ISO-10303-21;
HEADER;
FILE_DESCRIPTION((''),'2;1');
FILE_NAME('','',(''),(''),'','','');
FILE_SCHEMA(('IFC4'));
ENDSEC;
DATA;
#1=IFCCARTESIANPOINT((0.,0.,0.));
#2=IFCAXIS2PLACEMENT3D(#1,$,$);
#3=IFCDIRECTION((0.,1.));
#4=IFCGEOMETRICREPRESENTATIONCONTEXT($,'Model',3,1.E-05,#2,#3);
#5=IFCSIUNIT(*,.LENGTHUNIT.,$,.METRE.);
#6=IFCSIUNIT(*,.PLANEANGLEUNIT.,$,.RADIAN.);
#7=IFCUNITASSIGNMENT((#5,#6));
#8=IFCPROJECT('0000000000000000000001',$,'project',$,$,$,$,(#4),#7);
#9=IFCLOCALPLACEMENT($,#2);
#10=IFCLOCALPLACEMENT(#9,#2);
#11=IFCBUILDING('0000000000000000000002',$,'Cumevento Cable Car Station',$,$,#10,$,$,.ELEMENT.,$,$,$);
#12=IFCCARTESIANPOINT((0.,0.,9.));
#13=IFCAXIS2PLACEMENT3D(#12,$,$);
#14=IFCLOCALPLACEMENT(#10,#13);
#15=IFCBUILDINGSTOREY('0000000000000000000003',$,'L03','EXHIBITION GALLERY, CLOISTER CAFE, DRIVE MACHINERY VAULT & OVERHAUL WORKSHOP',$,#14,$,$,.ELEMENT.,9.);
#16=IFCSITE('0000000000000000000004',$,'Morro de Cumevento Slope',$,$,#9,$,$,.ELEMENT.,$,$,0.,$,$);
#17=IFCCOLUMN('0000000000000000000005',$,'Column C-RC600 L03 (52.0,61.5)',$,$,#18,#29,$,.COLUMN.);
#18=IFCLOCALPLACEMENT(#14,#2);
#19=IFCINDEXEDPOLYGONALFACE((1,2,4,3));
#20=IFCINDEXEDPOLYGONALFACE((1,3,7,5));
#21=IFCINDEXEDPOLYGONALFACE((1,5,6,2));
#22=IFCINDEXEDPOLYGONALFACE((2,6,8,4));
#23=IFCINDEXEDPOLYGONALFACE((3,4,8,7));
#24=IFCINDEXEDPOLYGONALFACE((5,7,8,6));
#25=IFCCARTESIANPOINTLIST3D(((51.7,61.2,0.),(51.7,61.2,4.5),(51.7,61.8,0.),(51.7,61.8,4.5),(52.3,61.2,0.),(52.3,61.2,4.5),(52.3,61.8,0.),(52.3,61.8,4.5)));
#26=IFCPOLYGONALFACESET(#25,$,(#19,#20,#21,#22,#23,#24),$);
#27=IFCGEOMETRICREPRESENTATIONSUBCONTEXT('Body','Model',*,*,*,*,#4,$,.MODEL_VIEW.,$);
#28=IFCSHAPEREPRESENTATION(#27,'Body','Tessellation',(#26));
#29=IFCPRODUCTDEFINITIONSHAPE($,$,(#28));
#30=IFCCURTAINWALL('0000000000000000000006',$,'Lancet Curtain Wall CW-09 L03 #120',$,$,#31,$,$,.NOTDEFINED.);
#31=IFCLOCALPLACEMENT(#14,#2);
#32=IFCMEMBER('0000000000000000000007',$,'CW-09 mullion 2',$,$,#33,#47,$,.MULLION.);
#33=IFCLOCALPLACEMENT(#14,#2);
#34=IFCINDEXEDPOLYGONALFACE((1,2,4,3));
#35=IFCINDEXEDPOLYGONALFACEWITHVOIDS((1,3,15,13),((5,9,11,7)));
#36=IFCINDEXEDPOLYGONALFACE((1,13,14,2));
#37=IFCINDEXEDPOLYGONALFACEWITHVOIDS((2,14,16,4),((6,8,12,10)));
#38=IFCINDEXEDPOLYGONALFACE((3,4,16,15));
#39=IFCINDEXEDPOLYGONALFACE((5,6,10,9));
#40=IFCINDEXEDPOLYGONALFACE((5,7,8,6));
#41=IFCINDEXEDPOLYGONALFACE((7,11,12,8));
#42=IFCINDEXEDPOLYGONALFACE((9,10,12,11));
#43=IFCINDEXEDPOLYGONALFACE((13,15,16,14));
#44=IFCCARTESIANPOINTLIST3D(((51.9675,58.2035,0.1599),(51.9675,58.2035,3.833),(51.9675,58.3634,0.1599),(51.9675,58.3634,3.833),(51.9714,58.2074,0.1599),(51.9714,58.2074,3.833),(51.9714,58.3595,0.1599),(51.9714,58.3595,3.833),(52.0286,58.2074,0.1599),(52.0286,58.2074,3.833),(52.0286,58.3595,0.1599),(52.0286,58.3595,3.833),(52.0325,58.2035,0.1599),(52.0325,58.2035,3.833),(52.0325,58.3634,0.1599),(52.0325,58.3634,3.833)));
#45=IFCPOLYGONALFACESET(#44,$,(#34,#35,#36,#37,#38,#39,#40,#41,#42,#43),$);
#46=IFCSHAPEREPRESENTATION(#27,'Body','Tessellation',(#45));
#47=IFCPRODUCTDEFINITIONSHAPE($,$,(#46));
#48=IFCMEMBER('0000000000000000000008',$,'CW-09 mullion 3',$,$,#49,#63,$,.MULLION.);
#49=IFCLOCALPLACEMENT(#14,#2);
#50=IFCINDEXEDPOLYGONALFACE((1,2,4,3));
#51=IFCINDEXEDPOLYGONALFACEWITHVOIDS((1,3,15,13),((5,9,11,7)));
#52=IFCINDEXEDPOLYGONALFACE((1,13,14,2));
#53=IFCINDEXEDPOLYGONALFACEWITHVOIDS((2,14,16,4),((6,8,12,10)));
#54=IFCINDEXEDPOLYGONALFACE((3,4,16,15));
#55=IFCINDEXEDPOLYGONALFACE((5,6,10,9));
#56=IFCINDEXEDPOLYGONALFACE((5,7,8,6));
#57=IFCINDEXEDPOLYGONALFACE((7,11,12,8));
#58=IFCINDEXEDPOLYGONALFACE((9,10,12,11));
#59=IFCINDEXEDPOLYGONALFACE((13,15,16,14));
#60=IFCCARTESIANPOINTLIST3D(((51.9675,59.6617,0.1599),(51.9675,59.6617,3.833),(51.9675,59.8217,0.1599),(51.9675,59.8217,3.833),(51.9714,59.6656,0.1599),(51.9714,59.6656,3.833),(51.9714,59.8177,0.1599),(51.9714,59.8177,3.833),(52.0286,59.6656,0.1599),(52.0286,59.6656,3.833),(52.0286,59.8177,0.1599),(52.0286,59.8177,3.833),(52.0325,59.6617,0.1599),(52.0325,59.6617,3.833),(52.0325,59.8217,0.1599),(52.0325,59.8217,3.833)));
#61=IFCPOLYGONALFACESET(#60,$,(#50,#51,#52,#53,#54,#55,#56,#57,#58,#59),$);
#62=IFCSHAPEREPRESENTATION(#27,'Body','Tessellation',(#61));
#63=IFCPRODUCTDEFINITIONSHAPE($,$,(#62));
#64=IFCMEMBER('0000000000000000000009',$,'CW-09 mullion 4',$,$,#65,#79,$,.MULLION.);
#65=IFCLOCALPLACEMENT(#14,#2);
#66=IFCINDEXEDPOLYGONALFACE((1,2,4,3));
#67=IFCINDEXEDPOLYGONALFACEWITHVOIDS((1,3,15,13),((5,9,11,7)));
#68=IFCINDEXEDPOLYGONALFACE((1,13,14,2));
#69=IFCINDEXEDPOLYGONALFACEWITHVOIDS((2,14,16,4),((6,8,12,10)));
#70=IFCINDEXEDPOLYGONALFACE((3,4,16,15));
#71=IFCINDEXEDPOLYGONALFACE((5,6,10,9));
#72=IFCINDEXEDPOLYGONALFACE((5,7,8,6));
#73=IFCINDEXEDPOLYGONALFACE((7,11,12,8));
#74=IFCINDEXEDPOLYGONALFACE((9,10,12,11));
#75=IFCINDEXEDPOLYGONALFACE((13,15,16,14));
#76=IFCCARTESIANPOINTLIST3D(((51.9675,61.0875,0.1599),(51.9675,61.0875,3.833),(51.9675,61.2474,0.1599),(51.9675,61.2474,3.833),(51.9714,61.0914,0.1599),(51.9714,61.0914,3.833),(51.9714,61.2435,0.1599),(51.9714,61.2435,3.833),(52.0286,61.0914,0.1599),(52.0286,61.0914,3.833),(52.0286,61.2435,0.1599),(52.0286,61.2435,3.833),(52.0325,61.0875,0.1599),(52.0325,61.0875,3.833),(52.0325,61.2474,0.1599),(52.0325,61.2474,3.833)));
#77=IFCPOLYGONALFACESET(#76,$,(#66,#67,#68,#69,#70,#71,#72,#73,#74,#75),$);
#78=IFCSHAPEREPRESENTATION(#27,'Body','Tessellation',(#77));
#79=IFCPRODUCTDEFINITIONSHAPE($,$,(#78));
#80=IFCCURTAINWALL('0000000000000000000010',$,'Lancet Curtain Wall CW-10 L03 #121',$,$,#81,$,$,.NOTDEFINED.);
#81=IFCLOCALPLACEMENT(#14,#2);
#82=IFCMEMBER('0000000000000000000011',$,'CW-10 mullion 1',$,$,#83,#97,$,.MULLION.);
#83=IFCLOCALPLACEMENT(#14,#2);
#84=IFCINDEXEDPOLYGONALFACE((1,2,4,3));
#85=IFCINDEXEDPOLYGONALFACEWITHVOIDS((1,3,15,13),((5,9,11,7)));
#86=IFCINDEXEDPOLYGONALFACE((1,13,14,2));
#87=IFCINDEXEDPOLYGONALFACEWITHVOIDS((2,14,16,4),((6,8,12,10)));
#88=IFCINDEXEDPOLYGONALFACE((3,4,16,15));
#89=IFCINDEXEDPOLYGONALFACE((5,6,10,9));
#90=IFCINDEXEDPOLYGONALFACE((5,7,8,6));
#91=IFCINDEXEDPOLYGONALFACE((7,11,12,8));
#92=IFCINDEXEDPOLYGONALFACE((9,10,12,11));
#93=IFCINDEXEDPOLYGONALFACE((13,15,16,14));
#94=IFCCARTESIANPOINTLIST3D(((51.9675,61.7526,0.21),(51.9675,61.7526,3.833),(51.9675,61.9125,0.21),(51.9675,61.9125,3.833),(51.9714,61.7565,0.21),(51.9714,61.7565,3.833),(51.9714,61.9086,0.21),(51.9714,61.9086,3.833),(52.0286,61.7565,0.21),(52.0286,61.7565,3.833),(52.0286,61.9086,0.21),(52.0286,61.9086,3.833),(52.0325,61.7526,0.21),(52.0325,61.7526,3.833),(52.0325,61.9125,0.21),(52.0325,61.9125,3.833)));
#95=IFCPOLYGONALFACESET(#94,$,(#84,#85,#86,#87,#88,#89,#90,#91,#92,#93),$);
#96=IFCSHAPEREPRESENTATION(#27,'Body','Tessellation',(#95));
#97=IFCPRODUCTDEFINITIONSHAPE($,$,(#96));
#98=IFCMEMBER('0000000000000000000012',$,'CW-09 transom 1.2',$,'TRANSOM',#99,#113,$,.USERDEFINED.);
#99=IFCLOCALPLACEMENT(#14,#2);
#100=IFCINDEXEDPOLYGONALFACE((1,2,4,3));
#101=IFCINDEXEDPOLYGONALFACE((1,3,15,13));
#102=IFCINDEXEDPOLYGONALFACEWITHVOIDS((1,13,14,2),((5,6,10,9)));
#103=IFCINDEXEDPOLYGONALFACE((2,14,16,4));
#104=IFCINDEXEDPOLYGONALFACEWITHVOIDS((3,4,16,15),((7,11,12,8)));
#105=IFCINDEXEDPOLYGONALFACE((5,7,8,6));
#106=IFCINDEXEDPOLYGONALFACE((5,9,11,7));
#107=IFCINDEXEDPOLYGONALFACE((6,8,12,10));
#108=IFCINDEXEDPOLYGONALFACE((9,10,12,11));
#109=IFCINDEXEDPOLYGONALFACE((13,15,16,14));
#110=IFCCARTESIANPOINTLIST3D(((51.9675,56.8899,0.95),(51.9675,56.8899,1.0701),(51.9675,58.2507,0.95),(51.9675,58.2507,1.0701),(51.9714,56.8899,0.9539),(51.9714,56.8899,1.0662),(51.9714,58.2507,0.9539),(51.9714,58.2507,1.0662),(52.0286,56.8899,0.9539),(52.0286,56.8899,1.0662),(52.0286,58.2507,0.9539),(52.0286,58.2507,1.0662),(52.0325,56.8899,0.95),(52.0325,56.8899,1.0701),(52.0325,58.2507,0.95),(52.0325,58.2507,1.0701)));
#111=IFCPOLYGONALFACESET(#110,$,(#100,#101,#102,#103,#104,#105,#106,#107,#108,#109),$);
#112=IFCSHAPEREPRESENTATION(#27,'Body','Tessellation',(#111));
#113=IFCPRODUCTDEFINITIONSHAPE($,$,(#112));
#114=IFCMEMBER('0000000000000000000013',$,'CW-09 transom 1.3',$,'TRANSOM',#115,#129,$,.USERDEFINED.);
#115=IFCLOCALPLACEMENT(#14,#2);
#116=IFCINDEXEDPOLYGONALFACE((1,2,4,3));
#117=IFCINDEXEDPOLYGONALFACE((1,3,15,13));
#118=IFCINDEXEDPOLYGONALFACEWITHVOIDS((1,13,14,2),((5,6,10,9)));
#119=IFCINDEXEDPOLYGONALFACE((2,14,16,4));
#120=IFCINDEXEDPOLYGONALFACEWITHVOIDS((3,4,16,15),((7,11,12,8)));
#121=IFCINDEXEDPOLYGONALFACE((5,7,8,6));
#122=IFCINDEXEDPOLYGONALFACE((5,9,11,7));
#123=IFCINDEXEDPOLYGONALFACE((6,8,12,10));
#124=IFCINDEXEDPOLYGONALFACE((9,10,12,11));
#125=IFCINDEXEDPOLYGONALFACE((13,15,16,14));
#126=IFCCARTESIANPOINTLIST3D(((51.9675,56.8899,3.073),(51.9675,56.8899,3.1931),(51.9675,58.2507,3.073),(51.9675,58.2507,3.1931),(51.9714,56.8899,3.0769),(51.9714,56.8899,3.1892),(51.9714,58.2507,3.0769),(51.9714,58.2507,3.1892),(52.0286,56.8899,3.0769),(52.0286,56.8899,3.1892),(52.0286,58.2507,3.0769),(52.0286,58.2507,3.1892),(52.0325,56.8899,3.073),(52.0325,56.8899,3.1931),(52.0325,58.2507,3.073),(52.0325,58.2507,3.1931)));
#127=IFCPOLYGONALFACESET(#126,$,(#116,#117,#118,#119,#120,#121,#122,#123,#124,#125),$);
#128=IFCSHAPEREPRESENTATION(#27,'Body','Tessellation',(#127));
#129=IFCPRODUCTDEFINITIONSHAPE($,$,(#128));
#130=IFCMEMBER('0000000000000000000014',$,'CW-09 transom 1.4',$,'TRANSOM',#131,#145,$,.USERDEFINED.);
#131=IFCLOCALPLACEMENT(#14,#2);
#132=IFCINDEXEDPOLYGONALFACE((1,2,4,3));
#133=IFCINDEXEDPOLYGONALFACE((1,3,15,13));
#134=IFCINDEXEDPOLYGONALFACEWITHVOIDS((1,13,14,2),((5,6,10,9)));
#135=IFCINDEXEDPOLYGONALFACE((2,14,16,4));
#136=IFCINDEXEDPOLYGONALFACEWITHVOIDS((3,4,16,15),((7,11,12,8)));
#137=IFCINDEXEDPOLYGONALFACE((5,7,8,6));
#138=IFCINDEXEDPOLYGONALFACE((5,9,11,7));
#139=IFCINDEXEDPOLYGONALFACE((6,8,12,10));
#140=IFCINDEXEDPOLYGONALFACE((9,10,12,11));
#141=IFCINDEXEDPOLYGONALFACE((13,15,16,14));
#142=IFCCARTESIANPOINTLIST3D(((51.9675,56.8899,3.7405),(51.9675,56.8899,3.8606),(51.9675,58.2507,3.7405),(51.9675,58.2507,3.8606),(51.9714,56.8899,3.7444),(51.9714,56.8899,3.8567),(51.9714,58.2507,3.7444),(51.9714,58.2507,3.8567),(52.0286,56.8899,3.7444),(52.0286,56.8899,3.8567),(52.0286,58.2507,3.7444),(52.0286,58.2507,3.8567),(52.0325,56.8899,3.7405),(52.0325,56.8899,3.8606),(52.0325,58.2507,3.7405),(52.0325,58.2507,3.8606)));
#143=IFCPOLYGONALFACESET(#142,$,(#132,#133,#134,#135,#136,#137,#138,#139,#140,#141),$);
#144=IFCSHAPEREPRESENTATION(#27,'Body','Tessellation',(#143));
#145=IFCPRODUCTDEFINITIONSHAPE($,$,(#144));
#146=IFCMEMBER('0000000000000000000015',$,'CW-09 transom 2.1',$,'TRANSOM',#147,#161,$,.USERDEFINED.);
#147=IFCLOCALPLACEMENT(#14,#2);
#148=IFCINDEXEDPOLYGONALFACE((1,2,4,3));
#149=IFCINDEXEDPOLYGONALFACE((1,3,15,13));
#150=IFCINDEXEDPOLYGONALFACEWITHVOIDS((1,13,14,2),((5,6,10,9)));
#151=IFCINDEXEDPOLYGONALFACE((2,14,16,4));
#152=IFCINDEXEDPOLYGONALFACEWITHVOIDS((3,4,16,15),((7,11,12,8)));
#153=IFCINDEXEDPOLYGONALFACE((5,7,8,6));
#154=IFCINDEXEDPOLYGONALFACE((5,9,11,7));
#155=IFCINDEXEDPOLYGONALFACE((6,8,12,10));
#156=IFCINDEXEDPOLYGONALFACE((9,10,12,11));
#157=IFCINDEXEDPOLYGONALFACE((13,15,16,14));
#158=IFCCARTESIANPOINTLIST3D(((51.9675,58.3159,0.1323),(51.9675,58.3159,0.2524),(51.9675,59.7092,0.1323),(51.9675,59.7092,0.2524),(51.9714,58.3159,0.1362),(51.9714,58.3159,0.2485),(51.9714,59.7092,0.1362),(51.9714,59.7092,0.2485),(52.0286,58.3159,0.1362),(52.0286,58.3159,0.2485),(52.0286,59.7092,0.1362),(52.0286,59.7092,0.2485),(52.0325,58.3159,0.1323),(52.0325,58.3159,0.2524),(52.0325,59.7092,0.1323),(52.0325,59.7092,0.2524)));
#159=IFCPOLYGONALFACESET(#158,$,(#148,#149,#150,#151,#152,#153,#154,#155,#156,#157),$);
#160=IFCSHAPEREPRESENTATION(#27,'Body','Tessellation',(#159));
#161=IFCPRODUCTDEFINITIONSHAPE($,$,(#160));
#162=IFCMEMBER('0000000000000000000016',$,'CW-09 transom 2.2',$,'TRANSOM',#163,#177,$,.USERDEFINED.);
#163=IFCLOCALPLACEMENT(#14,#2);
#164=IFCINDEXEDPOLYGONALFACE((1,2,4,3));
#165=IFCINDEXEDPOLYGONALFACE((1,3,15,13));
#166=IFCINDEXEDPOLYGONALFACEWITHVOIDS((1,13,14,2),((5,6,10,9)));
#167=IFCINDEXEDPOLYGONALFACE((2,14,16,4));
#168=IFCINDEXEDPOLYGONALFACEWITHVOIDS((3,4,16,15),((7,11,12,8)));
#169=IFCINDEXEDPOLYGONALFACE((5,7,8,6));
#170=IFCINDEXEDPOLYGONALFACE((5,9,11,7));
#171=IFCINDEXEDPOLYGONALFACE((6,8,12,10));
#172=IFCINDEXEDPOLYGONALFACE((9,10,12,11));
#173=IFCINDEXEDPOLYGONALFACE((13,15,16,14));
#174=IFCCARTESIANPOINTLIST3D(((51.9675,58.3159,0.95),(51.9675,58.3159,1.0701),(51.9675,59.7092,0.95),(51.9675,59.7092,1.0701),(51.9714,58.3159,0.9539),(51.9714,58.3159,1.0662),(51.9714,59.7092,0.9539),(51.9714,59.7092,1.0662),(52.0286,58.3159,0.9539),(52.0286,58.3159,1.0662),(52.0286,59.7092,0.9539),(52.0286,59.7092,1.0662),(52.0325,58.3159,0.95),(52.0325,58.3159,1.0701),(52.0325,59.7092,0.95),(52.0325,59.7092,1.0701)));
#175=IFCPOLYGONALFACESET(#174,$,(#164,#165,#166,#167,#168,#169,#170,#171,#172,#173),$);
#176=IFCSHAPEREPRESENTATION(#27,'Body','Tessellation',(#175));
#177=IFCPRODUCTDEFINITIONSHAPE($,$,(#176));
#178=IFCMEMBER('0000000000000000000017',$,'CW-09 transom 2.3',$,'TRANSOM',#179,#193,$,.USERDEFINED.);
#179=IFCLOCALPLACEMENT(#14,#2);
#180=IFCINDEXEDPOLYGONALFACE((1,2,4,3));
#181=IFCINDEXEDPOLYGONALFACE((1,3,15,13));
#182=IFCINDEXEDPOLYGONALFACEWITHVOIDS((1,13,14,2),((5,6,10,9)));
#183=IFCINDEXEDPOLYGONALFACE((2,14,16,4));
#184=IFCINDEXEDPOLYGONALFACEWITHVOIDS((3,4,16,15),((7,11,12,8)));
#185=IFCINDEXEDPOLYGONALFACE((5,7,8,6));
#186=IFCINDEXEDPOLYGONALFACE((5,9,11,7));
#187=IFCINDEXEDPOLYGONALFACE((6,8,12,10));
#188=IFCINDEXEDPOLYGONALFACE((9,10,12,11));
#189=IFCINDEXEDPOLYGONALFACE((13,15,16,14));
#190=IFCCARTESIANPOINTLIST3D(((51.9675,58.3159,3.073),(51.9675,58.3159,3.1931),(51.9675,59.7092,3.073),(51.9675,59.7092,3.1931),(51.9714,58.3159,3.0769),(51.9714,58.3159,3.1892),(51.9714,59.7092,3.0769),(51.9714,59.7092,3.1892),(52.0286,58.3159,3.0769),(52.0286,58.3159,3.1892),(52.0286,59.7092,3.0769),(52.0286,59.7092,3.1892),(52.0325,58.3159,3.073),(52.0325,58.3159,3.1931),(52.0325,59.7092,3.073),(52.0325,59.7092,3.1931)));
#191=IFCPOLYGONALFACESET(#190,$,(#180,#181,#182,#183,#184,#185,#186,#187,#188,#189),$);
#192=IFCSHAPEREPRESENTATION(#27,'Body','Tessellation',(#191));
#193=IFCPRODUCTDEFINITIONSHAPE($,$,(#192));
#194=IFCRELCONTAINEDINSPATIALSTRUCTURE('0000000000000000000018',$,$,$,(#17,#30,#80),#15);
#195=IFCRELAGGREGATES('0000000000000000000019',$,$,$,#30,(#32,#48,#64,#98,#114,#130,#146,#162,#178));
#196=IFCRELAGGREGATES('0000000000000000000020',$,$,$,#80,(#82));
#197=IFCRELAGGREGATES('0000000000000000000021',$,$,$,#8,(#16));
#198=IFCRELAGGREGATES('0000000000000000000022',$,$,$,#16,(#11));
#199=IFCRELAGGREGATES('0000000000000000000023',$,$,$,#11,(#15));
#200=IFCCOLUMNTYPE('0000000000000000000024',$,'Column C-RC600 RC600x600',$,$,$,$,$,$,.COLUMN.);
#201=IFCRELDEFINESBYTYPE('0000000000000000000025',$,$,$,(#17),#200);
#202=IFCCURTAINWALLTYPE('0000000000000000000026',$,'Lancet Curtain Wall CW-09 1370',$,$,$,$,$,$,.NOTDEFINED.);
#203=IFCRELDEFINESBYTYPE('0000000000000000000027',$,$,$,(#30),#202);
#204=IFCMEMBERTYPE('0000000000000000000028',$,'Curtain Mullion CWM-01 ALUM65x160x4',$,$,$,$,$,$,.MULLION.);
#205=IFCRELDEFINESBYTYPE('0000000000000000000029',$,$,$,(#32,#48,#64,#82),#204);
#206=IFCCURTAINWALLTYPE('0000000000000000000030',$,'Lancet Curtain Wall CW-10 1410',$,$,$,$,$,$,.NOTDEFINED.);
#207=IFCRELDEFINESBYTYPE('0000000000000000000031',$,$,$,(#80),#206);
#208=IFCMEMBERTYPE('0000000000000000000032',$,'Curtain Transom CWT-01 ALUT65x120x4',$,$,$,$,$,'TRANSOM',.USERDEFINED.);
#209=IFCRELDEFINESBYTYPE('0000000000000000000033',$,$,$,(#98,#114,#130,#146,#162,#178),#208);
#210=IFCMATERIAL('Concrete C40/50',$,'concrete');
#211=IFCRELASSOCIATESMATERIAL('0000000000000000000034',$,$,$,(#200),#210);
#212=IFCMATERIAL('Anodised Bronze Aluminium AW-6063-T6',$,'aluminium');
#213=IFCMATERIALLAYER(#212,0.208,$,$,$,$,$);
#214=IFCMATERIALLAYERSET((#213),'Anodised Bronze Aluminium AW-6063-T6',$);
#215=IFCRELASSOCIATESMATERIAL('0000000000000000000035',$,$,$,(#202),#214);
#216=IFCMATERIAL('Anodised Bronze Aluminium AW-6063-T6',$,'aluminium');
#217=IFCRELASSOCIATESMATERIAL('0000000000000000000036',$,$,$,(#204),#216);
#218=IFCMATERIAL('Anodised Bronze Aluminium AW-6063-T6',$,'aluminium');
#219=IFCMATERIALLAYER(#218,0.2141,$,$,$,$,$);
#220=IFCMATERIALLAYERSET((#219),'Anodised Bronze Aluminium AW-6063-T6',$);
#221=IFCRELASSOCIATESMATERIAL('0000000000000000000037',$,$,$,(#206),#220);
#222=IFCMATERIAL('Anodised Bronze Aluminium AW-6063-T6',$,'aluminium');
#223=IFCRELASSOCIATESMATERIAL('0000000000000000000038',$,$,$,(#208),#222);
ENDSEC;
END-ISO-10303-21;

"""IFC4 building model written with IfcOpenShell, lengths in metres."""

from ifc_helpers import new_model, si_unit, direction, frame, origin, origin_2d, place, context, subcontext, project, spatial, rectangle, hollow_rectangle, extrude, material, layer, layer_set, material_profile, profile_set, type_object, element, aggregate, save


model = new_model("IFC4")

# Units and contexts
model_context = context("Model", 3, precision=1e-05, world=origin(), true_north=direction((0.0, 1.0)))
body_context = subcontext(model_context, "Body", "Model", "MODEL_VIEW")
ifc_project = project(units=[si_unit("LENGTHUNIT", "METRE"), si_unit("PLANEANGLEUNIT", "RADIAN")], contexts=[model_context])

# Site, building, storey
site_placement = place(None, origin())
site = spatial("IfcSite", under=ifc_project, at=site_placement, Name="Morro de Cumevento Slope", CompositionType="ELEMENT", RefElevation=0.0)
building_placement = place(site_placement, origin())
building = spatial("IfcBuilding", under=site, at=building_placement, Name="Cumevento Cable Car Station", CompositionType="ELEMENT")
storey_placement = place(building_placement, frame((0.0, 0.0, 9.0)))
storey = spatial("IfcBuildingStorey", under=building, at=storey_placement, Name="L03", Description="EXHIBITION GALLERY, CLOISTER CAFE, DRIVE MACHINERY VAULT & OVERHAUL WORKSHOP", CompositionType="ELEMENT", Elevation=9.0)

# Column
ifc_material_1 = material(Name="Concrete C40/50", Category="concrete")
ifc_material_profile_1 = material_profile(ifc_material_1, rectangle(XDim=0.6001, YDim=0.6001, at=origin_2d()), Name="RC600x600")
ifc_profile_set_1 = profile_set([ifc_material_profile_1], Name="Concrete C40/50")
column_type = type_object("IfcColumnType", Name="Column C-RC600 RC600x600", PredefinedType="COLUMN", material=ifc_profile_set_1)
column_placement = place(storey_placement, frame((52.0, 61.5, 0.0), z_axis=(0.0, 0.0, 1.0), x_axis=(1.0, 0.0, 0.0)))
element("IfcColumn", 1, at=column_placement, inside=storey, type_object=column_type, Name="Column C-RC600 L03 (52.0,61.5)", PredefinedType="COLUMN", context=body_context, shape_type="SweptSolid", body=[
    extrude(rectangle(XDim=0.6001, YDim=0.6001, at=origin_2d()), origin(), (0.0, 0.0, 1.0), 4.5),
])

# Curtain wall, members
ifc_material_2 = material(Name="Anodised Bronze Aluminium AW-6063-T6", Category="aluminium")
ifc_layer_1 = layer(ifc_material_2, 0.208)
ifc_layer_set_1 = layer_set([ifc_layer_1], Name="Anodised Bronze Aluminium AW-6063-T6")
curtain_wall_type_1 = type_object("IfcCurtainWallType", Name="Lancet Curtain Wall CW-09 1370", PredefinedType="NOTDEFINED", material=ifc_layer_set_1)
curtain_wall_1_placement = place(storey_placement, origin())
curtain_wall_1 = element("IfcCurtainWall", 2, at=curtain_wall_1_placement, inside=storey, type_object=curtain_wall_type_1, Name="Lancet Curtain Wall CW-09 L03 #120", PredefinedType="NOTDEFINED")
ifc_material_3 = material(Name="Anodised Bronze Aluminium AW-6063-T6", Category="aluminium")
ifc_material_profile_2 = material_profile(ifc_material_3, hollow_rectangle(XDim=0.0649, YDim=0.1599, WallThickness=0.0039, at=origin_2d()), Name="ALUM65x160x4")
ifc_profile_set_2 = profile_set([ifc_material_profile_2], Name="Anodised Bronze Aluminium AW-6063-T6")
member_type_1 = type_object("IfcMemberType", Name="Curtain Mullion CWM-01 ALUM65x160x4", PredefinedType="MULLION", material=ifc_profile_set_2)
member_1_placement = place(storey_placement, frame((52.0, 58.2834, 0.1599), z_axis=(0.0, 0.0, 1.0), x_axis=(-1.0, 0.0, 0.0)))
member_1 = element("IfcMember", 3, at=member_1_placement, type_object=member_type_1, Name="CW-09 mullion 2", PredefinedType="MULLION", context=body_context, shape_type="SweptSolid", body=[
    extrude(hollow_rectangle(XDim=0.0649, YDim=0.1599, WallThickness=0.0039, at=origin_2d()), origin(), (0.0, 0.0, 1.0), 3.6731),
])
member_2_placement = place(storey_placement, frame((52.0, 59.7417, 0.1599), z_axis=(0.0, 0.0, 1.0), x_axis=(-1.0, 0.0, 0.0)))
member_2 = element("IfcMember", 4, at=member_2_placement, type_object=member_type_1, Name="CW-09 mullion 3", PredefinedType="MULLION", context=body_context, shape_type="SweptSolid", body=[
    extrude(hollow_rectangle(XDim=0.0649, YDim=0.1599, WallThickness=0.0039, at=origin_2d()), origin(), (0.0, 0.0, 1.0), 3.6731),
])
member_3_placement = place(storey_placement, frame((52.0, 61.1675, 0.1599), z_axis=(0.0, 0.0, 1.0), x_axis=(-1.0, 0.0, 0.0)))
member_3 = element("IfcMember", 5, at=member_3_placement, type_object=member_type_1, Name="CW-09 mullion 4", PredefinedType="MULLION", context=body_context, shape_type="SweptSolid", body=[
    extrude(hollow_rectangle(XDim=0.0649, YDim=0.1599, WallThickness=0.0039, at=origin_2d()), origin(), (0.0, 0.0, 1.0), 3.6731),
])

# Curtain wall, member
ifc_material_4 = material(Name="Anodised Bronze Aluminium AW-6063-T6", Category="aluminium")
ifc_layer_2 = layer(ifc_material_4, 0.2141)
ifc_layer_set_2 = layer_set([ifc_layer_2], Name="Anodised Bronze Aluminium AW-6063-T6")
curtain_wall_type_2 = type_object("IfcCurtainWallType", Name="Lancet Curtain Wall CW-10 1410", PredefinedType="NOTDEFINED", material=ifc_layer_set_2)
curtain_wall_2_placement = place(storey_placement, origin())
curtain_wall_2 = element("IfcCurtainWall", 6, at=curtain_wall_2_placement, inside=storey, type_object=curtain_wall_type_2, Name="Lancet Curtain Wall CW-10 L03 #121", PredefinedType="NOTDEFINED")
member_4_placement = place(storey_placement, frame((52.0, 61.8325, 0.21), z_axis=(0.0, 0.0, 1.0), x_axis=(-1.0, 0.0, 0.0)))
member_4 = element("IfcMember", 7, at=member_4_placement, type_object=member_type_1, Name="CW-10 mullion 1", PredefinedType="MULLION", context=body_context, shape_type="SweptSolid", body=[
    extrude(hollow_rectangle(XDim=0.0649, YDim=0.1599, WallThickness=0.0039, at=origin_2d()), origin(), (0.0, 0.0, 1.0), 3.623),
])

# Members
ifc_material_5 = material(Name="Anodised Bronze Aluminium AW-6063-T6", Category="aluminium")
ifc_material_profile_3 = material_profile(ifc_material_5, hollow_rectangle(XDim=0.0649, YDim=0.1201, WallThickness=0.0039, at=origin_2d()), Name="ALUT65x120x4")
ifc_profile_set_3 = profile_set([ifc_material_profile_3], Name="Anodised Bronze Aluminium AW-6063-T6")
member_type_2 = type_object("IfcMemberType", Name="Curtain Transom CWT-01 ALUT65x120x4", ElementType="TRANSOM", PredefinedType="USERDEFINED", material=ifc_profile_set_3)
member_5_placement = place(storey_placement, frame((52.0, 56.8899, 1.01), z_axis=(0.0, 1.0, 0.0), x_axis=(-1.0, 0.0, 0.0)))
member_5 = element("IfcMember", 8, at=member_5_placement, type_object=member_type_2, Name="CW-09 transom 1.2", ObjectType="TRANSOM", PredefinedType="USERDEFINED", context=body_context, shape_type="SweptSolid", body=[
    extrude(hollow_rectangle(XDim=0.0649, YDim=0.1201, WallThickness=0.0039, at=origin_2d()), origin(), (0.0, 0.0, 1.0), 1.3608),
])
member_6_placement = place(storey_placement, frame((52.0, 56.8899, 3.1331), z_axis=(0.0, 1.0, 0.0), x_axis=(-1.0, 0.0, 0.0)))
member_6 = element("IfcMember", 9, at=member_6_placement, type_object=member_type_2, Name="CW-09 transom 1.3", ObjectType="TRANSOM", PredefinedType="USERDEFINED", context=body_context, shape_type="SweptSolid", body=[
    extrude(hollow_rectangle(XDim=0.0649, YDim=0.1201, WallThickness=0.0039, at=origin_2d()), origin(), (0.0, 0.0, 1.0), 1.3608),
])
member_7_placement = place(storey_placement, frame((52.0, 56.8899, 3.8005), z_axis=(0.0, 1.0, 0.0), x_axis=(-1.0, 0.0, 0.0)))
member_7 = element("IfcMember", 10, at=member_7_placement, type_object=member_type_2, Name="CW-09 transom 1.4", ObjectType="TRANSOM", PredefinedType="USERDEFINED", context=body_context, shape_type="SweptSolid", body=[
    extrude(hollow_rectangle(XDim=0.0649, YDim=0.1201, WallThickness=0.0039, at=origin_2d()), origin(), (0.0, 0.0, 1.0), 1.3608),
])
member_8_placement = place(storey_placement, frame((52.0, 58.3159, 0.1924), z_axis=(0.0, 1.0, 0.0), x_axis=(-1.0, 0.0, 0.0)))
member_8 = element("IfcMember", 11, at=member_8_placement, type_object=member_type_2, Name="CW-09 transom 2.1", ObjectType="TRANSOM", PredefinedType="USERDEFINED", context=body_context, shape_type="SweptSolid", body=[
    extrude(hollow_rectangle(XDim=0.0649, YDim=0.1201, WallThickness=0.0039, at=origin_2d()), origin(), (0.0, 0.0, 1.0), 1.3933),
])
member_9_placement = place(storey_placement, frame((52.0, 58.3159, 1.01), z_axis=(0.0, 1.0, 0.0), x_axis=(-1.0, 0.0, 0.0)))
member_9 = element("IfcMember", 12, at=member_9_placement, type_object=member_type_2, Name="CW-09 transom 2.2", ObjectType="TRANSOM", PredefinedType="USERDEFINED", context=body_context, shape_type="SweptSolid", body=[
    extrude(hollow_rectangle(XDim=0.0649, YDim=0.1201, WallThickness=0.0039, at=origin_2d()), origin(), (0.0, 0.0, 1.0), 1.3933),
])
member_10_placement = place(storey_placement, frame((52.0, 58.3159, 3.1331), z_axis=(0.0, 1.0, 0.0), x_axis=(-1.0, 0.0, 0.0)))
member_10 = element("IfcMember", 13, at=member_10_placement, type_object=member_type_2, Name="CW-09 transom 2.3", ObjectType="TRANSOM", PredefinedType="USERDEFINED", context=body_context, shape_type="SweptSolid", body=[
    extrude(hollow_rectangle(XDim=0.0649, YDim=0.1201, WallThickness=0.0039, at=origin_2d()), origin(), (0.0, 0.0, 1.0), 1.3933),
])

aggregate(curtain_wall_1, [member_1, member_2, member_3, member_5, member_6, member_7, member_8, member_9, member_10])
aggregate(curtain_wall_2, [member_4])

save(model, "model.ifc")
